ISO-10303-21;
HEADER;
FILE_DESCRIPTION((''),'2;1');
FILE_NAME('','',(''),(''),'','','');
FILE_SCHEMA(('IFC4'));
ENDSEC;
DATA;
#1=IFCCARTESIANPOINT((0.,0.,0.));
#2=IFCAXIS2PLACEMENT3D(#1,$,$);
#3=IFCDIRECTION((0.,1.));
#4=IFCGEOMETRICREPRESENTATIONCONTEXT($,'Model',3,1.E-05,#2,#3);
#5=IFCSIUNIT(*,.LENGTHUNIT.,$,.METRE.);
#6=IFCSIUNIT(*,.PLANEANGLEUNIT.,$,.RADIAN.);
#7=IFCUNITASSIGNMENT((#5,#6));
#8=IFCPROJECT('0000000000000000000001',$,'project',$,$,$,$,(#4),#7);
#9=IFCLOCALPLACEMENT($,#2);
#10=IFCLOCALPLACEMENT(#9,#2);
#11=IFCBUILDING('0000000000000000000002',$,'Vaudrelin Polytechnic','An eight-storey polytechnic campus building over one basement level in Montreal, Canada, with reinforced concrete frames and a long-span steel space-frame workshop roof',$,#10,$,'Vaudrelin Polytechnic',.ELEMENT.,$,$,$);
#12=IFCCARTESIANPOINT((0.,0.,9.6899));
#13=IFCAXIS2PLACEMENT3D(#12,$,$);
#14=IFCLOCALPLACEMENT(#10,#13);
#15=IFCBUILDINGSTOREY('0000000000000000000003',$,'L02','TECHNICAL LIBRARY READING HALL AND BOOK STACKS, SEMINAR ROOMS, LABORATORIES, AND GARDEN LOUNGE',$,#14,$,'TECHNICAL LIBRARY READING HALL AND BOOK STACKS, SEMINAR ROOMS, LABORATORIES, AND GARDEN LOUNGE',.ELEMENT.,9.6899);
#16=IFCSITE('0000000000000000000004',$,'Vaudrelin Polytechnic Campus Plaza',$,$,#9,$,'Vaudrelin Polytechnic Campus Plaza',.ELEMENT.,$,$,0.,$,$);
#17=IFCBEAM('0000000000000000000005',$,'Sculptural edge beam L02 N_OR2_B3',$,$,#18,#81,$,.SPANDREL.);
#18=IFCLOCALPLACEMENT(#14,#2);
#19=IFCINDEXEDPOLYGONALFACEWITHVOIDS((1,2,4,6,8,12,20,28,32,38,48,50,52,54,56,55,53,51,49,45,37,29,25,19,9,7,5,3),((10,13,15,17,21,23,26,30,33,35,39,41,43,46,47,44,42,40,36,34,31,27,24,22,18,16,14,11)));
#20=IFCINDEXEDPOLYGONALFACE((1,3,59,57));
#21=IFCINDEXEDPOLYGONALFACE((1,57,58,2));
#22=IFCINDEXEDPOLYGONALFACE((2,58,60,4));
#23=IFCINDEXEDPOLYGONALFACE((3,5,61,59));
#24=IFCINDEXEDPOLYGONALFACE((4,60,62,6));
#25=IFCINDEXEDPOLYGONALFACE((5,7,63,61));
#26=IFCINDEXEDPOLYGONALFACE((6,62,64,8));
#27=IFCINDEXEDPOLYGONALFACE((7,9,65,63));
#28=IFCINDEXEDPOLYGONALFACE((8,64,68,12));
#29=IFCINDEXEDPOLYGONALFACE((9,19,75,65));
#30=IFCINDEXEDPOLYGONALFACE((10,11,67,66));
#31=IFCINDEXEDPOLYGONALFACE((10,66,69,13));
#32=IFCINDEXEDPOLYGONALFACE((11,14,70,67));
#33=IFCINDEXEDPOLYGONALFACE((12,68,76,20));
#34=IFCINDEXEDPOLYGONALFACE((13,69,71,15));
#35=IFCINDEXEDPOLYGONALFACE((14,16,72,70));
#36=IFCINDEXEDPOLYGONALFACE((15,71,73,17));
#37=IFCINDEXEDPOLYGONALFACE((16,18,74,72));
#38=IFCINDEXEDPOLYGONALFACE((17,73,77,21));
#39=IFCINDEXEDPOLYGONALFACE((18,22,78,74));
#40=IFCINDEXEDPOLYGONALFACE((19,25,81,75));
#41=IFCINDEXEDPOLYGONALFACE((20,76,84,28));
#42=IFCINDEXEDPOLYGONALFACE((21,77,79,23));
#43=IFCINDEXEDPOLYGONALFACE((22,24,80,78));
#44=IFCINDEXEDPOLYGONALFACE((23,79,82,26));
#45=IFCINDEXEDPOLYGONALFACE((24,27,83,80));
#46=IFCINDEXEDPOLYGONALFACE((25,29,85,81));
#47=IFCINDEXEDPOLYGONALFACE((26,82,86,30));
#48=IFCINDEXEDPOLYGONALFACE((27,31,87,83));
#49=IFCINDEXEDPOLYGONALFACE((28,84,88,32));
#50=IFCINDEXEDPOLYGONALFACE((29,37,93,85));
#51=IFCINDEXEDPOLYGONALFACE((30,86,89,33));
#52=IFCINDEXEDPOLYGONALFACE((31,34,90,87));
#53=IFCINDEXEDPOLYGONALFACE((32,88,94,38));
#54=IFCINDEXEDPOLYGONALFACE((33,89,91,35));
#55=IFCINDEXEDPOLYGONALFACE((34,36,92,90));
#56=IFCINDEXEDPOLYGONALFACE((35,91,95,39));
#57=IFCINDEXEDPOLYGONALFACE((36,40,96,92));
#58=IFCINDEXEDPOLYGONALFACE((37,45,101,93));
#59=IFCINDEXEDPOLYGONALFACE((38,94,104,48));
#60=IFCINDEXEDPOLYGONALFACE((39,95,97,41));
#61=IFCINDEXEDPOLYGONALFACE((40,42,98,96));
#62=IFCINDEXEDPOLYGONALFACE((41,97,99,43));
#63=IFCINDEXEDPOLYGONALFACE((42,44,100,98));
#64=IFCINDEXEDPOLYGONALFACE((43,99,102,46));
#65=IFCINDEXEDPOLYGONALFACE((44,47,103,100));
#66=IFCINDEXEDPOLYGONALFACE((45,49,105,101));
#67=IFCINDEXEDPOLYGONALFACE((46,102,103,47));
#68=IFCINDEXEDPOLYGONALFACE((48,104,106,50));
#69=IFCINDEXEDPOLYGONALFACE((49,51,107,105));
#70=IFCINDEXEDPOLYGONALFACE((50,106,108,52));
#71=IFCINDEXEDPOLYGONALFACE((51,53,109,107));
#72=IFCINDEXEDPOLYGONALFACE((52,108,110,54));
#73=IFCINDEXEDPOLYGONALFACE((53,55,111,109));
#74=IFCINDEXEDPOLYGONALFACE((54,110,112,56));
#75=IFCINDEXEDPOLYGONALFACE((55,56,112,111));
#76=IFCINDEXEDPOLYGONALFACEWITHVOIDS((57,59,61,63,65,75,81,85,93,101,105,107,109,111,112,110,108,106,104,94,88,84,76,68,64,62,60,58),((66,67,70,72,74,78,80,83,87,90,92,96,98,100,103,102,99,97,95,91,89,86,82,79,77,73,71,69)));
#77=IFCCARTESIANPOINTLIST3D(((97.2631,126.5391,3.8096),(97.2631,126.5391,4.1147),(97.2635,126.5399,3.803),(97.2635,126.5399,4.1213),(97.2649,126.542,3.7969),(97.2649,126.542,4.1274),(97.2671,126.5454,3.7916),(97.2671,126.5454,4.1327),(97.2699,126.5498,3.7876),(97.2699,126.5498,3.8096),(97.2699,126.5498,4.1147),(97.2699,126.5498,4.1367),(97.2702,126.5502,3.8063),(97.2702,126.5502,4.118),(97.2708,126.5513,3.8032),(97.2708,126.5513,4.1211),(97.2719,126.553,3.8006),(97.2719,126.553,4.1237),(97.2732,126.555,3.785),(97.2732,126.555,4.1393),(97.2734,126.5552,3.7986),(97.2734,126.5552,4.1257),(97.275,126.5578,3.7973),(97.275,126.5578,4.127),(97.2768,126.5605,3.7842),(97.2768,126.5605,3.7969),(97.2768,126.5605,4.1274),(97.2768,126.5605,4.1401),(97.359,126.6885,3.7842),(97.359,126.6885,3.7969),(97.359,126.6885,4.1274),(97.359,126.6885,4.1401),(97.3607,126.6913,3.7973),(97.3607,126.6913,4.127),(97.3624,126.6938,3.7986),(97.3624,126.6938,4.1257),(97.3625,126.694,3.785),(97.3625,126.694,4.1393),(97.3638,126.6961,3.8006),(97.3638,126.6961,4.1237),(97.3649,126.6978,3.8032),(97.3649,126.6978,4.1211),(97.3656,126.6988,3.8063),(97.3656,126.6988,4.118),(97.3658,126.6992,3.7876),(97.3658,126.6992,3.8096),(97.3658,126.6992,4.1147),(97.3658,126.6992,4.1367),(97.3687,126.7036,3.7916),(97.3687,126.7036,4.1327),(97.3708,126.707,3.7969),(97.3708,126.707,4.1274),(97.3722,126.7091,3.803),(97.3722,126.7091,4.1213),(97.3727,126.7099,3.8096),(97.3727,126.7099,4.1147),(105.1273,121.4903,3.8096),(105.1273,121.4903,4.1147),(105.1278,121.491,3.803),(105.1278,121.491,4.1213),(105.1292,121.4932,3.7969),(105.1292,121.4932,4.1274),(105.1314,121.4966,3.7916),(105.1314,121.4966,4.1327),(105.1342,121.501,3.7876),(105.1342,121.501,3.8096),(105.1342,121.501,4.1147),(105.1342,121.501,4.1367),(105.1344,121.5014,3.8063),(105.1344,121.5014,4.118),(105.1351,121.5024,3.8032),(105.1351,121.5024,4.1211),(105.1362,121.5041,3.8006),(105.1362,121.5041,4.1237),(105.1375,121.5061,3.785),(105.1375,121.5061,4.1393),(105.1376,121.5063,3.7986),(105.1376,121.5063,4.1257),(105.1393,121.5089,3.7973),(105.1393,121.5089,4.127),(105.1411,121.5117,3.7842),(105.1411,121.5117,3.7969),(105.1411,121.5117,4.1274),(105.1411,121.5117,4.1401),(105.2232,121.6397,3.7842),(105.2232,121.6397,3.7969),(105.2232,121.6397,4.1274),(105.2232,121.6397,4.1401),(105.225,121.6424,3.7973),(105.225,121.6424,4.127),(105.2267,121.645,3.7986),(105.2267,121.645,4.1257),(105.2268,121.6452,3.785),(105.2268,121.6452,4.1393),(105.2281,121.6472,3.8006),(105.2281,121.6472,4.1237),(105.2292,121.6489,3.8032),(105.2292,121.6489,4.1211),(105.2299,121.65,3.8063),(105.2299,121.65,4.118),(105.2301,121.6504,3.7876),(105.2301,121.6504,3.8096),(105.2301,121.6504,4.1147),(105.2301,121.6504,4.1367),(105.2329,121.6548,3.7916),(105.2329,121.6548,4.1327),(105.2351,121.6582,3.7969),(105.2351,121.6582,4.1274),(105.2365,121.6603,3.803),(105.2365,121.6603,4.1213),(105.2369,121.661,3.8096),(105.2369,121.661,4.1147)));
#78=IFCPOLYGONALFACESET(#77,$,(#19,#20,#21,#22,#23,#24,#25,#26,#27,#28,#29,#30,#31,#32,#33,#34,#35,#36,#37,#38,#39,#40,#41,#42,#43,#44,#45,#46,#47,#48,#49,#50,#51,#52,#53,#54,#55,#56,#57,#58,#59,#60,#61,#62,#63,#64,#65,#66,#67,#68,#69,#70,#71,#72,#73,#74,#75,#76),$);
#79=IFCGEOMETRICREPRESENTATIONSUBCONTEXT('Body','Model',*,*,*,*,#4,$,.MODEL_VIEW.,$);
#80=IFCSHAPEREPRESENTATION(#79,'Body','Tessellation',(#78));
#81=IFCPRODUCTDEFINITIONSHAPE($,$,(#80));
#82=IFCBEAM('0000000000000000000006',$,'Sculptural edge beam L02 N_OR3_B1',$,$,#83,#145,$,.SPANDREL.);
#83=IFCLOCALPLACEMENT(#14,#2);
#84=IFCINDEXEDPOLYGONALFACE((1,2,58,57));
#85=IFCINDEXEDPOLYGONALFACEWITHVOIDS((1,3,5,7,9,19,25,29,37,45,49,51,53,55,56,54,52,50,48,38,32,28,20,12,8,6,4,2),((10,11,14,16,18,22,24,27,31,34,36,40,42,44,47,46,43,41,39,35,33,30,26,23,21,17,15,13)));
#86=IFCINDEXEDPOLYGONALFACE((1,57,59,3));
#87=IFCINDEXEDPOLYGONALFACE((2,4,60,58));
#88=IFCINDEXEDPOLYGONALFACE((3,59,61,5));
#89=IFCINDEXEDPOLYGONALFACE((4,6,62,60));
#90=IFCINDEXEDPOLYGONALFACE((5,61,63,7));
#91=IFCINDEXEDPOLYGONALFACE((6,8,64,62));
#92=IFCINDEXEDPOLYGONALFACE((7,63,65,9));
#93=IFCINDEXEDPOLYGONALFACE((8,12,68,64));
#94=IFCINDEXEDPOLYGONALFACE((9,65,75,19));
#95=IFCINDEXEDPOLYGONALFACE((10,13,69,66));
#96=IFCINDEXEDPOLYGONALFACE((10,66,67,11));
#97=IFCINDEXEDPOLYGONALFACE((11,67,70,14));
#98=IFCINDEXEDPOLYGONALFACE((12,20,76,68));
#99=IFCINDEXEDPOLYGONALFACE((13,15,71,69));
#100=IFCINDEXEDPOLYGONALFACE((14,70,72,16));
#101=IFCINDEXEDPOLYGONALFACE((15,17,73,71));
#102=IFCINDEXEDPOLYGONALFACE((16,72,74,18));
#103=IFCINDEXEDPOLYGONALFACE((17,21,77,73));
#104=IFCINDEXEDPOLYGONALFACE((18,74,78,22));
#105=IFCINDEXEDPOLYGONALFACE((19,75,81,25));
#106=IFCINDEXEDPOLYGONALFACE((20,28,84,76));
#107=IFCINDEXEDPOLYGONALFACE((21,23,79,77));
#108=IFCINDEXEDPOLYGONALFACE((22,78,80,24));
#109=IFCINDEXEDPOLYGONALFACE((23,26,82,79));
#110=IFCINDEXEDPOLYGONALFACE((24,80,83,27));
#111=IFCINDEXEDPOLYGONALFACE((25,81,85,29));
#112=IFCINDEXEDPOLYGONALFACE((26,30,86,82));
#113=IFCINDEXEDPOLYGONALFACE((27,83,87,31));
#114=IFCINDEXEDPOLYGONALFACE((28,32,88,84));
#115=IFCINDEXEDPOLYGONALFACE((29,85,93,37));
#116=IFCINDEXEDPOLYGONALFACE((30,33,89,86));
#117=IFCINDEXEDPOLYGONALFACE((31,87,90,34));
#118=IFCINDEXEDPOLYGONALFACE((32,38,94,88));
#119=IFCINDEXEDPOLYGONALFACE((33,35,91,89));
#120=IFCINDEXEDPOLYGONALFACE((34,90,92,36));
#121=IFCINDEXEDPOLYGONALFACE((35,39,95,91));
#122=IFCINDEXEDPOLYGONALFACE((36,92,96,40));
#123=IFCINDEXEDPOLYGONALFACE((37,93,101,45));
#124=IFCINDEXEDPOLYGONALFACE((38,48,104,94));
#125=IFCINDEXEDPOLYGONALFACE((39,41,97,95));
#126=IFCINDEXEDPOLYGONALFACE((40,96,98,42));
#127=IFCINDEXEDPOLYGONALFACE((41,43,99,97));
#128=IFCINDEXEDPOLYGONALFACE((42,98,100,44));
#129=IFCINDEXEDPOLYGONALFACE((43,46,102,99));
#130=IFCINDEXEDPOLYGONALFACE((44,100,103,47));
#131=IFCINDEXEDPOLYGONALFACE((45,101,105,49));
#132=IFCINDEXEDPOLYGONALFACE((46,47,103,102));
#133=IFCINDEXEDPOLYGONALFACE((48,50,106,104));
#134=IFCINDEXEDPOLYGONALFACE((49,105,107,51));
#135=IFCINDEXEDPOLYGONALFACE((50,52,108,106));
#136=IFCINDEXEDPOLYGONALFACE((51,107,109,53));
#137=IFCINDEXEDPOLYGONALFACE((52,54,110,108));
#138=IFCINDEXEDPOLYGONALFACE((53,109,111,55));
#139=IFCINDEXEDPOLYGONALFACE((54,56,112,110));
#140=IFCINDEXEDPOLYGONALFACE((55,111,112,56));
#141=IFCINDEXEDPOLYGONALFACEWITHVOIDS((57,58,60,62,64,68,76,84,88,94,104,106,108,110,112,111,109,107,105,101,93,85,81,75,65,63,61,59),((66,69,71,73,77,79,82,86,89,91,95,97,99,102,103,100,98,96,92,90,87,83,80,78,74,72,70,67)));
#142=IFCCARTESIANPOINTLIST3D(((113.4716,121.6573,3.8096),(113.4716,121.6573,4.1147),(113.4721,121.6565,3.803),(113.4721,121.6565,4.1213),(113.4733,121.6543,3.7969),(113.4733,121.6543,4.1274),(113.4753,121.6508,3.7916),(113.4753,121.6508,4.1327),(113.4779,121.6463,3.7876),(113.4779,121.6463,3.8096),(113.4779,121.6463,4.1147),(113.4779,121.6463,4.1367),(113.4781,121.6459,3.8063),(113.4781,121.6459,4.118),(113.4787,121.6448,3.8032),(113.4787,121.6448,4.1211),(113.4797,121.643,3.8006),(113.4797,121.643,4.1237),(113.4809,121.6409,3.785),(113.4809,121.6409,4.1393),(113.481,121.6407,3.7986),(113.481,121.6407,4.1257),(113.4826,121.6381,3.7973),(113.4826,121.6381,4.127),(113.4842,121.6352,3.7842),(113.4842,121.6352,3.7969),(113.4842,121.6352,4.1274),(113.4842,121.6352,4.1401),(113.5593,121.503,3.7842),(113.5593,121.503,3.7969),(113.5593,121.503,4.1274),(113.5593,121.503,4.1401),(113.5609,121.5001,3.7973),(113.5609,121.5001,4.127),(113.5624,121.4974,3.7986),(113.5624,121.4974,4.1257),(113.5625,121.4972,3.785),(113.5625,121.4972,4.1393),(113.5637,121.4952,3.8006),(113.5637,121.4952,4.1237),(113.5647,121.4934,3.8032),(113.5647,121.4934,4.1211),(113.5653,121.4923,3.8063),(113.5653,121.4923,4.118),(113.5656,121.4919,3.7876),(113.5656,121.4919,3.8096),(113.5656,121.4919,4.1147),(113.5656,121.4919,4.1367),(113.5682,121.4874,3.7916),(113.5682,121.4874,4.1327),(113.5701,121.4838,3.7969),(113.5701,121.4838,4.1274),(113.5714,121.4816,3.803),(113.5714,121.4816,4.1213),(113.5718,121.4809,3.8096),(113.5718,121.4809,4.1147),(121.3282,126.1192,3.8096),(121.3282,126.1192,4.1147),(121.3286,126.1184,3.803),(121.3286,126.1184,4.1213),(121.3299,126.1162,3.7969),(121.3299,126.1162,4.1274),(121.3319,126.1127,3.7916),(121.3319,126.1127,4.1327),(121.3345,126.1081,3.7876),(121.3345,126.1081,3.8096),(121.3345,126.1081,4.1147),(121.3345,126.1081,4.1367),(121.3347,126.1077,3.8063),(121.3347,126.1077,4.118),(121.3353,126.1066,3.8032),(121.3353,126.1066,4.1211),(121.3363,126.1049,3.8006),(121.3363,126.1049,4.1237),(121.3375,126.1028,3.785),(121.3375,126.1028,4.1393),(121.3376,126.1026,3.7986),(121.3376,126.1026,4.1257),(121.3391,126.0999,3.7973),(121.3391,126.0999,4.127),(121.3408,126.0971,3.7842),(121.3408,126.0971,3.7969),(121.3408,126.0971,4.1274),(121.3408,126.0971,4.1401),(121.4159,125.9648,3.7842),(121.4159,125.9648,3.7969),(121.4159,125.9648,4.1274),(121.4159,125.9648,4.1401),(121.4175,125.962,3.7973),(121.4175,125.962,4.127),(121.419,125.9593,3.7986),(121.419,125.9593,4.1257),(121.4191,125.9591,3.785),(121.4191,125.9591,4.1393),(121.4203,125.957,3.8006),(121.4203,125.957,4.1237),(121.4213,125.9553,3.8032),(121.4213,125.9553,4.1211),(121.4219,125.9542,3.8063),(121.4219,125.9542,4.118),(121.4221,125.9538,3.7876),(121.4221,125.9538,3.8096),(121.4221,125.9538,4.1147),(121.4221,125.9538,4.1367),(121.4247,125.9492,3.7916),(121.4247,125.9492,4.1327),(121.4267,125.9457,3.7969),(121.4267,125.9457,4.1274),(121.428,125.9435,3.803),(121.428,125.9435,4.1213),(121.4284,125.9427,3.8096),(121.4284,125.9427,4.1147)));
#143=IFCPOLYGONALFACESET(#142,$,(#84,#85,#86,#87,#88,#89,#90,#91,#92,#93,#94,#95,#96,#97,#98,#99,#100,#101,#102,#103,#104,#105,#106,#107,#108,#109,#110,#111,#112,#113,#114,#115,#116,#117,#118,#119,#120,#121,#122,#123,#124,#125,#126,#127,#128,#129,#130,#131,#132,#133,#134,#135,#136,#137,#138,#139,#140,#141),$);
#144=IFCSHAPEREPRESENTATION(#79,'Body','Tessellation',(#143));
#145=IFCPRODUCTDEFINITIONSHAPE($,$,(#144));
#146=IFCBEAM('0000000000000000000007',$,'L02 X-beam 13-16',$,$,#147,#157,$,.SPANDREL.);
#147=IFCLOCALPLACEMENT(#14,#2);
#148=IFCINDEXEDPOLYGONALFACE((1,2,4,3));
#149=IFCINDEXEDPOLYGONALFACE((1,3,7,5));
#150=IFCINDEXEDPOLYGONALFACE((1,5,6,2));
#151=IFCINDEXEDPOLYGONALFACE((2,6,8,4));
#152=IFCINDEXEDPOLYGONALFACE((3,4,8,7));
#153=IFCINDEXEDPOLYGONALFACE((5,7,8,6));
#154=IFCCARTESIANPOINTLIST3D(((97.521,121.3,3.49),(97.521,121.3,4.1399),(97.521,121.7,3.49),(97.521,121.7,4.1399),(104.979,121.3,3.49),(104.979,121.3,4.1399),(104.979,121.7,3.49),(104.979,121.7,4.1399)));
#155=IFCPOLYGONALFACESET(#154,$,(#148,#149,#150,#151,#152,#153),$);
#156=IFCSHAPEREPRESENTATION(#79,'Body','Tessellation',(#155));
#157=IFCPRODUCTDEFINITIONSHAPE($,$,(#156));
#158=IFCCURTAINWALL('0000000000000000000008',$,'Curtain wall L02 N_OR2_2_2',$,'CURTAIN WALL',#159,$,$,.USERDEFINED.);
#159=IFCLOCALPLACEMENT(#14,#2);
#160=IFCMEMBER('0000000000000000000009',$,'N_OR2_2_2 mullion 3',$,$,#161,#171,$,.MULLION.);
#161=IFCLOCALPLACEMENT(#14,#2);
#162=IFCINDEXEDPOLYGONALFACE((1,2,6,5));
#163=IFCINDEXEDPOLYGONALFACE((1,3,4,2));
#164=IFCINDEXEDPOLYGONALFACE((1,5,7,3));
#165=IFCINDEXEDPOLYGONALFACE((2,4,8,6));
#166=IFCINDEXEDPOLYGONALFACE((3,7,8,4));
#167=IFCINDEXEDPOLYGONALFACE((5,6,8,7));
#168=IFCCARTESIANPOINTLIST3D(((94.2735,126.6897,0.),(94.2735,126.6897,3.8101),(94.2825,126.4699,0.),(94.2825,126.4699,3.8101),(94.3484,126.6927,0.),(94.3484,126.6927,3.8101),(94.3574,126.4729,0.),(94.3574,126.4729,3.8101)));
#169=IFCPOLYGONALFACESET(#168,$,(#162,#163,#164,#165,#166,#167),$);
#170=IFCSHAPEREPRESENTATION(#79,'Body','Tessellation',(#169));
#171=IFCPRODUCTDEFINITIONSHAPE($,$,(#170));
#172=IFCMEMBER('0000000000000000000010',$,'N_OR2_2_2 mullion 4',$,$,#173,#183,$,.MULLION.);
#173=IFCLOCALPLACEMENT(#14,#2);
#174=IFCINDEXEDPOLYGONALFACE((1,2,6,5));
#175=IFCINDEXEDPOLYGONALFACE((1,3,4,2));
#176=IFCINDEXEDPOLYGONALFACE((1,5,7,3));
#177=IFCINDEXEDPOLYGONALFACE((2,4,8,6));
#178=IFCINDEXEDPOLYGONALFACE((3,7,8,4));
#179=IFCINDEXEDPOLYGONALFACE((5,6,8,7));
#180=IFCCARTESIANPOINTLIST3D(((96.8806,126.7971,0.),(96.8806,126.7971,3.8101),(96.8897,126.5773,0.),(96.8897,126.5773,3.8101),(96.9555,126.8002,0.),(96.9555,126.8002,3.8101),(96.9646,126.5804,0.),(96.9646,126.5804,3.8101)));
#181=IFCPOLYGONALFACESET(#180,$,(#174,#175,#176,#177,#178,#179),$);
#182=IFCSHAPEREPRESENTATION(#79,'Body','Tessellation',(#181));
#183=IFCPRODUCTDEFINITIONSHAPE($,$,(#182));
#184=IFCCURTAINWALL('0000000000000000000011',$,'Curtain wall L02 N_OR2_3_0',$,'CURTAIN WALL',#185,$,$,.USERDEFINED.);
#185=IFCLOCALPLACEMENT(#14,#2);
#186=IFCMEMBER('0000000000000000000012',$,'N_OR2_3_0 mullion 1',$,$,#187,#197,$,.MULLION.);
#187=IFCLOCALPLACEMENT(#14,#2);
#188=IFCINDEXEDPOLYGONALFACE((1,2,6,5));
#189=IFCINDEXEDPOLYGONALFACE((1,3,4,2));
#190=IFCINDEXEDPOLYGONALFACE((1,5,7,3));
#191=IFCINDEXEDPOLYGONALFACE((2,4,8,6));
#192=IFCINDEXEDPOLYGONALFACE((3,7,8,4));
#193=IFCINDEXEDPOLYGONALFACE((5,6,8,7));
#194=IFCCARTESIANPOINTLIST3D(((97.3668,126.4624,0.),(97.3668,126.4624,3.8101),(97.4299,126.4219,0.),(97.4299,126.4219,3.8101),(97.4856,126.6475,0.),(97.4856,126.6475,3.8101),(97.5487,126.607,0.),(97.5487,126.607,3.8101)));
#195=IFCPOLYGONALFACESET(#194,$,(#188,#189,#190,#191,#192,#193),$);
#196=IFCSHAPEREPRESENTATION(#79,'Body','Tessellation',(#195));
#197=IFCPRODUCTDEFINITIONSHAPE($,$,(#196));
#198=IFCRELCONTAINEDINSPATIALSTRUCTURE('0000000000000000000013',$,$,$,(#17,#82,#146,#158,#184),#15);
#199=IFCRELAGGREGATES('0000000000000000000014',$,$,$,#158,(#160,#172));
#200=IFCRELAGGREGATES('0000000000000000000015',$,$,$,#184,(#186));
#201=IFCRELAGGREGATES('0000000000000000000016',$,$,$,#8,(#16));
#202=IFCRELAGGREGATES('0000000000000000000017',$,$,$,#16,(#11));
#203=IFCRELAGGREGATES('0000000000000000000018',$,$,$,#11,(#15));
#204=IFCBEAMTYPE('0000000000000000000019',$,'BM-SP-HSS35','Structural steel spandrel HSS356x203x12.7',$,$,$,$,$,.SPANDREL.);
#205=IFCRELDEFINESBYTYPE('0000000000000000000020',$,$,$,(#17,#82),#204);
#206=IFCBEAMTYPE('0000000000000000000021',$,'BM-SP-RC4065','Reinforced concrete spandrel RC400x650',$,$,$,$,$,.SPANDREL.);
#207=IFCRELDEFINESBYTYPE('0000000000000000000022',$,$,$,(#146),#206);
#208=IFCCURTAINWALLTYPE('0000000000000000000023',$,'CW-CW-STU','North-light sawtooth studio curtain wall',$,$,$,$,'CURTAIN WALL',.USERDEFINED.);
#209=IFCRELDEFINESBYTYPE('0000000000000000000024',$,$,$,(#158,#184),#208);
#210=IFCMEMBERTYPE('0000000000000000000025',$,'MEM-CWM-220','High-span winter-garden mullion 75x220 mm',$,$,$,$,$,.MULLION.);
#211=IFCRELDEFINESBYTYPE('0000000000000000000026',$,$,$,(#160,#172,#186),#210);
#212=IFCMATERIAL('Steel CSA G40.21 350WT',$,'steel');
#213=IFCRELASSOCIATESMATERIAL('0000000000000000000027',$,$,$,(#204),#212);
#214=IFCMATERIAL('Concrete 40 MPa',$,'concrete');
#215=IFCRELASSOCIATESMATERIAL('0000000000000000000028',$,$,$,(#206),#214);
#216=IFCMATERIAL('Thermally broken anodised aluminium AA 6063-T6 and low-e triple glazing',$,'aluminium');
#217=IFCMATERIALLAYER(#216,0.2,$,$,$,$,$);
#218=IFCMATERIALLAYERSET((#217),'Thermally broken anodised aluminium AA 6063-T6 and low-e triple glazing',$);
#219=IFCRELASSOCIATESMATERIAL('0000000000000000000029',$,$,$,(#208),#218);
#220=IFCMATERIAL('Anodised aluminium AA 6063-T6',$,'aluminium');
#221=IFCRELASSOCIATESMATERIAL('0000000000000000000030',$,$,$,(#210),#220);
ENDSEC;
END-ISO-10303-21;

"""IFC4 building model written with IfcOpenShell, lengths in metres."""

from ifc_helpers import new_model, si_unit, direction, frame, origin, origin_2d, place, context, subcontext, project, spatial, rectangle, hollow_rectangle, extrude, material, layer, layer_set, material_profile, profile_set, type_object, element, aggregate, save


model = new_model("IFC4")

# Units and contexts
model_context = context("Model", 3, precision=1e-05, world=origin(), true_north=direction((0.0, 1.0)))
body_context = subcontext(model_context, "Body", "Model", "MODEL_VIEW")
ifc_project = project(units=[si_unit("LENGTHUNIT", "METRE"), si_unit("PLANEANGLEUNIT", "RADIAN")], contexts=[model_context])

# Site, building, storey
site_placement = place(None, origin())
site = spatial("IfcSite", under=ifc_project, at=site_placement, Name="Vaudrelin Polytechnic Campus Plaza", LongName="Vaudrelin Polytechnic Campus Plaza", CompositionType="ELEMENT", RefElevation=0.0)
building_placement = place(site_placement, origin())
building = spatial("IfcBuilding", under=site, at=building_placement, Name="Vaudrelin Polytechnic", Description="An eight-storey polytechnic campus building over one basement level in Montreal, Canada, with reinforced concrete frames and a long-span steel space-frame workshop roof", LongName="Vaudrelin Polytechnic", CompositionType="ELEMENT")
storey_placement = place(building_placement, frame((0.0, 0.0, 9.6899)))
storey = spatial("IfcBuildingStorey", under=building, at=storey_placement, Name="L02", Description="TECHNICAL LIBRARY READING HALL AND BOOK STACKS, SEMINAR ROOMS, LABORATORIES, AND GARDEN LOUNGE", LongName="TECHNICAL LIBRARY READING HALL AND BOOK STACKS, SEMINAR ROOMS, LABORATORIES, AND GARDEN LOUNGE", CompositionType="ELEMENT", Elevation=9.6899)

# Shared definitions
ifc_material_1 = material(Name="Steel CSA G40.21 350WT", Category="steel")
ifc_material_2 = material(Name="Concrete 40 MPa", Category="concrete")

# Beams
ifc_material_profile_1 = material_profile(ifc_material_1, hollow_rectangle(XDim=0.2029, YDim=0.356, WallThickness=0.0127, InnerFilletRadius=0.0127, OuterFilletRadius=0.0254, at=origin_2d()), Name="HSS356x203x12.7")
ifc_profile_set_1 = profile_set([ifc_material_profile_1], Name="Steel CSA G40.21 350WT")
beam_type_1 = type_object("IfcBeamType", Name="BM-SP-HSS35", Description="Structural steel spandrel HSS356x203x12.7", PredefinedType="SPANDREL", material=ifc_profile_set_1)
beam_1_placement = place(storey_placement, frame((97.3179, 126.6245, 3.9622), z_axis=(0.841508, -0.540245, 0.0), x_axis=(0.540245, 0.841508, 0.0)))
element("IfcBeam", 1, at=beam_1_placement, inside=storey, type_object=beam_type_1, Name="Sculptural edge beam L02 N_OR2_B3", PredefinedType="SPANDREL", context=body_context, shape_type="SweptSolid", body=[
    extrude(hollow_rectangle(XDim=0.2029, YDim=0.356, WallThickness=0.0127, InnerFilletRadius=0.0127, OuterFilletRadius=0.0254, at=origin_2d()), origin(), (0.0, 0.0, 1.0), 9.3455),
])
beam_2_placement = place(storey_placement, frame((113.5217, 121.5691, 3.9622), z_axis=(0.869557, 0.493833, 0.0), x_axis=(-0.493833, 0.869557, 0.0)))
element("IfcBeam", 2, at=beam_2_placement, inside=storey, type_object=beam_type_1, Name="Sculptural edge beam L02 N_OR3_B1", PredefinedType="SPANDREL", context=body_context, shape_type="SweptSolid", body=[
    extrude(hollow_rectangle(XDim=0.2029, YDim=0.356, WallThickness=0.0127, InnerFilletRadius=0.0127, OuterFilletRadius=0.0254, at=origin_2d()), origin(), (0.0, 0.0, 1.0), 9.0352),
])
ifc_material_profile_2 = material_profile(ifc_material_2, rectangle(XDim=0.3999, YDim=0.6499, at=origin_2d()), Name="RC400x650")
ifc_profile_set_2 = profile_set([ifc_material_profile_2], Name="Concrete 40 MPa")
beam_type_2 = type_object("IfcBeamType", Name="BM-SP-RC4065", Description="Reinforced concrete spandrel RC400x650", PredefinedType="SPANDREL", material=ifc_profile_set_2)
beam_3_placement = place(storey_placement, frame((97.521, 121.5, 3.8149), z_axis=(1.0, 0.0, 0.0), x_axis=(0.0, 1.0, 0.0)))
element("IfcBeam", 3, at=beam_3_placement, inside=storey, type_object=beam_type_2, Name="L02 X-beam 13-16", PredefinedType="SPANDREL", context=body_context, shape_type="SweptSolid", body=[
    extrude(rectangle(XDim=0.3999, YDim=0.6499, at=origin_2d()), origin(), (0.0, 0.0, 1.0), 7.458),
])

# Curtain walls, members
ifc_material_3 = material(Name="Thermally broken anodised aluminium AA 6063-T6 and low-e triple glazing", Category="aluminium")
ifc_layer_1 = layer(ifc_material_3, 0.2)
ifc_layer_set_1 = layer_set([ifc_layer_1], Name="Thermally broken anodised aluminium AA 6063-T6 and low-e triple glazing")
curtain_wall_type = type_object("IfcCurtainWallType", Name="CW-CW-STU", Description="North-light sawtooth studio curtain wall", ElementType="CURTAIN WALL", PredefinedType="USERDEFINED", material=ifc_layer_set_1)
curtain_wall_1_placement = place(storey_placement, origin())
curtain_wall_1 = element("IfcCurtainWall", 4, at=curtain_wall_1_placement, inside=storey, type_object=curtain_wall_type, Name="Curtain wall L02 N_OR2_2_2", ObjectType="CURTAIN WALL", PredefinedType="USERDEFINED")
ifc_material_4 = material(Name="Anodised aluminium AA 6063-T6", Category="aluminium")
ifc_material_profile_3 = material_profile(ifc_material_4, rectangle(XDim=0.075, YDim=0.22, at=origin_2d()), Name="CWM-75x220")
ifc_profile_set_3 = profile_set([ifc_material_profile_3], Name="Anodised aluminium AA 6063-T6")
member_type_1 = type_object("IfcMemberType", Name="MEM-CWM-220", Description="High-span winter-garden mullion 75x220 mm", PredefinedType="MULLION", material=ifc_profile_set_3)
member_1_placement = place(storey_placement, frame((94.3154, 126.5813, 0.0), z_axis=(0.0, 0.0, 1.0), x_axis=(0.999154, 0.041115, 0.0)))
member_1 = element("IfcMember", 5, at=member_1_placement, type_object=member_type_1, Name="N_OR2_2_2 mullion 3", PredefinedType="MULLION", context=body_context, shape_type="SweptSolid", body=[
    extrude(rectangle(XDim=0.075, YDim=0.22, at=origin_2d()), origin(), (0.0, 0.0, 1.0), 3.8101),
])
member_2_placement = place(storey_placement, frame((96.9226, 126.6887, 0.0), z_axis=(0.0, 0.0, 1.0), x_axis=(0.999154, 0.041115, 0.0)))
member_2 = element("IfcMember", 6, at=member_2_placement, type_object=member_type_1, Name="N_OR2_2_2 mullion 4", PredefinedType="MULLION", context=body_context, shape_type="SweptSolid", body=[
    extrude(rectangle(XDim=0.075, YDim=0.22, at=origin_2d()), origin(), (0.0, 0.0, 1.0), 3.8101),
])
curtain_wall_2_placement = place(storey_placement, origin())
curtain_wall_2 = element("IfcCurtainWall", 7, at=curtain_wall_2_placement, inside=storey, type_object=curtain_wall_type, Name="Curtain wall L02 N_OR2_3_0", ObjectType="CURTAIN WALL", PredefinedType="USERDEFINED")
member_3_placement = place(storey_placement, frame((97.4578, 126.5347, 0.0), z_axis=(0.0, 0.0, 1.0), x_axis=(0.841519, -0.540228, 0.0)))
member_3 = element("IfcMember", 8, at=member_3_placement, type_object=member_type_1, Name="N_OR2_3_0 mullion 1", PredefinedType="MULLION", context=body_context, shape_type="SweptSolid", body=[
    extrude(rectangle(XDim=0.075, YDim=0.22, at=origin_2d()), origin(), (0.0, 0.0, 1.0), 3.8101),
])

aggregate(curtain_wall_1, [member_1, member_2])
aggregate(curtain_wall_2, [member_3])

save(model, "model.ifc")
